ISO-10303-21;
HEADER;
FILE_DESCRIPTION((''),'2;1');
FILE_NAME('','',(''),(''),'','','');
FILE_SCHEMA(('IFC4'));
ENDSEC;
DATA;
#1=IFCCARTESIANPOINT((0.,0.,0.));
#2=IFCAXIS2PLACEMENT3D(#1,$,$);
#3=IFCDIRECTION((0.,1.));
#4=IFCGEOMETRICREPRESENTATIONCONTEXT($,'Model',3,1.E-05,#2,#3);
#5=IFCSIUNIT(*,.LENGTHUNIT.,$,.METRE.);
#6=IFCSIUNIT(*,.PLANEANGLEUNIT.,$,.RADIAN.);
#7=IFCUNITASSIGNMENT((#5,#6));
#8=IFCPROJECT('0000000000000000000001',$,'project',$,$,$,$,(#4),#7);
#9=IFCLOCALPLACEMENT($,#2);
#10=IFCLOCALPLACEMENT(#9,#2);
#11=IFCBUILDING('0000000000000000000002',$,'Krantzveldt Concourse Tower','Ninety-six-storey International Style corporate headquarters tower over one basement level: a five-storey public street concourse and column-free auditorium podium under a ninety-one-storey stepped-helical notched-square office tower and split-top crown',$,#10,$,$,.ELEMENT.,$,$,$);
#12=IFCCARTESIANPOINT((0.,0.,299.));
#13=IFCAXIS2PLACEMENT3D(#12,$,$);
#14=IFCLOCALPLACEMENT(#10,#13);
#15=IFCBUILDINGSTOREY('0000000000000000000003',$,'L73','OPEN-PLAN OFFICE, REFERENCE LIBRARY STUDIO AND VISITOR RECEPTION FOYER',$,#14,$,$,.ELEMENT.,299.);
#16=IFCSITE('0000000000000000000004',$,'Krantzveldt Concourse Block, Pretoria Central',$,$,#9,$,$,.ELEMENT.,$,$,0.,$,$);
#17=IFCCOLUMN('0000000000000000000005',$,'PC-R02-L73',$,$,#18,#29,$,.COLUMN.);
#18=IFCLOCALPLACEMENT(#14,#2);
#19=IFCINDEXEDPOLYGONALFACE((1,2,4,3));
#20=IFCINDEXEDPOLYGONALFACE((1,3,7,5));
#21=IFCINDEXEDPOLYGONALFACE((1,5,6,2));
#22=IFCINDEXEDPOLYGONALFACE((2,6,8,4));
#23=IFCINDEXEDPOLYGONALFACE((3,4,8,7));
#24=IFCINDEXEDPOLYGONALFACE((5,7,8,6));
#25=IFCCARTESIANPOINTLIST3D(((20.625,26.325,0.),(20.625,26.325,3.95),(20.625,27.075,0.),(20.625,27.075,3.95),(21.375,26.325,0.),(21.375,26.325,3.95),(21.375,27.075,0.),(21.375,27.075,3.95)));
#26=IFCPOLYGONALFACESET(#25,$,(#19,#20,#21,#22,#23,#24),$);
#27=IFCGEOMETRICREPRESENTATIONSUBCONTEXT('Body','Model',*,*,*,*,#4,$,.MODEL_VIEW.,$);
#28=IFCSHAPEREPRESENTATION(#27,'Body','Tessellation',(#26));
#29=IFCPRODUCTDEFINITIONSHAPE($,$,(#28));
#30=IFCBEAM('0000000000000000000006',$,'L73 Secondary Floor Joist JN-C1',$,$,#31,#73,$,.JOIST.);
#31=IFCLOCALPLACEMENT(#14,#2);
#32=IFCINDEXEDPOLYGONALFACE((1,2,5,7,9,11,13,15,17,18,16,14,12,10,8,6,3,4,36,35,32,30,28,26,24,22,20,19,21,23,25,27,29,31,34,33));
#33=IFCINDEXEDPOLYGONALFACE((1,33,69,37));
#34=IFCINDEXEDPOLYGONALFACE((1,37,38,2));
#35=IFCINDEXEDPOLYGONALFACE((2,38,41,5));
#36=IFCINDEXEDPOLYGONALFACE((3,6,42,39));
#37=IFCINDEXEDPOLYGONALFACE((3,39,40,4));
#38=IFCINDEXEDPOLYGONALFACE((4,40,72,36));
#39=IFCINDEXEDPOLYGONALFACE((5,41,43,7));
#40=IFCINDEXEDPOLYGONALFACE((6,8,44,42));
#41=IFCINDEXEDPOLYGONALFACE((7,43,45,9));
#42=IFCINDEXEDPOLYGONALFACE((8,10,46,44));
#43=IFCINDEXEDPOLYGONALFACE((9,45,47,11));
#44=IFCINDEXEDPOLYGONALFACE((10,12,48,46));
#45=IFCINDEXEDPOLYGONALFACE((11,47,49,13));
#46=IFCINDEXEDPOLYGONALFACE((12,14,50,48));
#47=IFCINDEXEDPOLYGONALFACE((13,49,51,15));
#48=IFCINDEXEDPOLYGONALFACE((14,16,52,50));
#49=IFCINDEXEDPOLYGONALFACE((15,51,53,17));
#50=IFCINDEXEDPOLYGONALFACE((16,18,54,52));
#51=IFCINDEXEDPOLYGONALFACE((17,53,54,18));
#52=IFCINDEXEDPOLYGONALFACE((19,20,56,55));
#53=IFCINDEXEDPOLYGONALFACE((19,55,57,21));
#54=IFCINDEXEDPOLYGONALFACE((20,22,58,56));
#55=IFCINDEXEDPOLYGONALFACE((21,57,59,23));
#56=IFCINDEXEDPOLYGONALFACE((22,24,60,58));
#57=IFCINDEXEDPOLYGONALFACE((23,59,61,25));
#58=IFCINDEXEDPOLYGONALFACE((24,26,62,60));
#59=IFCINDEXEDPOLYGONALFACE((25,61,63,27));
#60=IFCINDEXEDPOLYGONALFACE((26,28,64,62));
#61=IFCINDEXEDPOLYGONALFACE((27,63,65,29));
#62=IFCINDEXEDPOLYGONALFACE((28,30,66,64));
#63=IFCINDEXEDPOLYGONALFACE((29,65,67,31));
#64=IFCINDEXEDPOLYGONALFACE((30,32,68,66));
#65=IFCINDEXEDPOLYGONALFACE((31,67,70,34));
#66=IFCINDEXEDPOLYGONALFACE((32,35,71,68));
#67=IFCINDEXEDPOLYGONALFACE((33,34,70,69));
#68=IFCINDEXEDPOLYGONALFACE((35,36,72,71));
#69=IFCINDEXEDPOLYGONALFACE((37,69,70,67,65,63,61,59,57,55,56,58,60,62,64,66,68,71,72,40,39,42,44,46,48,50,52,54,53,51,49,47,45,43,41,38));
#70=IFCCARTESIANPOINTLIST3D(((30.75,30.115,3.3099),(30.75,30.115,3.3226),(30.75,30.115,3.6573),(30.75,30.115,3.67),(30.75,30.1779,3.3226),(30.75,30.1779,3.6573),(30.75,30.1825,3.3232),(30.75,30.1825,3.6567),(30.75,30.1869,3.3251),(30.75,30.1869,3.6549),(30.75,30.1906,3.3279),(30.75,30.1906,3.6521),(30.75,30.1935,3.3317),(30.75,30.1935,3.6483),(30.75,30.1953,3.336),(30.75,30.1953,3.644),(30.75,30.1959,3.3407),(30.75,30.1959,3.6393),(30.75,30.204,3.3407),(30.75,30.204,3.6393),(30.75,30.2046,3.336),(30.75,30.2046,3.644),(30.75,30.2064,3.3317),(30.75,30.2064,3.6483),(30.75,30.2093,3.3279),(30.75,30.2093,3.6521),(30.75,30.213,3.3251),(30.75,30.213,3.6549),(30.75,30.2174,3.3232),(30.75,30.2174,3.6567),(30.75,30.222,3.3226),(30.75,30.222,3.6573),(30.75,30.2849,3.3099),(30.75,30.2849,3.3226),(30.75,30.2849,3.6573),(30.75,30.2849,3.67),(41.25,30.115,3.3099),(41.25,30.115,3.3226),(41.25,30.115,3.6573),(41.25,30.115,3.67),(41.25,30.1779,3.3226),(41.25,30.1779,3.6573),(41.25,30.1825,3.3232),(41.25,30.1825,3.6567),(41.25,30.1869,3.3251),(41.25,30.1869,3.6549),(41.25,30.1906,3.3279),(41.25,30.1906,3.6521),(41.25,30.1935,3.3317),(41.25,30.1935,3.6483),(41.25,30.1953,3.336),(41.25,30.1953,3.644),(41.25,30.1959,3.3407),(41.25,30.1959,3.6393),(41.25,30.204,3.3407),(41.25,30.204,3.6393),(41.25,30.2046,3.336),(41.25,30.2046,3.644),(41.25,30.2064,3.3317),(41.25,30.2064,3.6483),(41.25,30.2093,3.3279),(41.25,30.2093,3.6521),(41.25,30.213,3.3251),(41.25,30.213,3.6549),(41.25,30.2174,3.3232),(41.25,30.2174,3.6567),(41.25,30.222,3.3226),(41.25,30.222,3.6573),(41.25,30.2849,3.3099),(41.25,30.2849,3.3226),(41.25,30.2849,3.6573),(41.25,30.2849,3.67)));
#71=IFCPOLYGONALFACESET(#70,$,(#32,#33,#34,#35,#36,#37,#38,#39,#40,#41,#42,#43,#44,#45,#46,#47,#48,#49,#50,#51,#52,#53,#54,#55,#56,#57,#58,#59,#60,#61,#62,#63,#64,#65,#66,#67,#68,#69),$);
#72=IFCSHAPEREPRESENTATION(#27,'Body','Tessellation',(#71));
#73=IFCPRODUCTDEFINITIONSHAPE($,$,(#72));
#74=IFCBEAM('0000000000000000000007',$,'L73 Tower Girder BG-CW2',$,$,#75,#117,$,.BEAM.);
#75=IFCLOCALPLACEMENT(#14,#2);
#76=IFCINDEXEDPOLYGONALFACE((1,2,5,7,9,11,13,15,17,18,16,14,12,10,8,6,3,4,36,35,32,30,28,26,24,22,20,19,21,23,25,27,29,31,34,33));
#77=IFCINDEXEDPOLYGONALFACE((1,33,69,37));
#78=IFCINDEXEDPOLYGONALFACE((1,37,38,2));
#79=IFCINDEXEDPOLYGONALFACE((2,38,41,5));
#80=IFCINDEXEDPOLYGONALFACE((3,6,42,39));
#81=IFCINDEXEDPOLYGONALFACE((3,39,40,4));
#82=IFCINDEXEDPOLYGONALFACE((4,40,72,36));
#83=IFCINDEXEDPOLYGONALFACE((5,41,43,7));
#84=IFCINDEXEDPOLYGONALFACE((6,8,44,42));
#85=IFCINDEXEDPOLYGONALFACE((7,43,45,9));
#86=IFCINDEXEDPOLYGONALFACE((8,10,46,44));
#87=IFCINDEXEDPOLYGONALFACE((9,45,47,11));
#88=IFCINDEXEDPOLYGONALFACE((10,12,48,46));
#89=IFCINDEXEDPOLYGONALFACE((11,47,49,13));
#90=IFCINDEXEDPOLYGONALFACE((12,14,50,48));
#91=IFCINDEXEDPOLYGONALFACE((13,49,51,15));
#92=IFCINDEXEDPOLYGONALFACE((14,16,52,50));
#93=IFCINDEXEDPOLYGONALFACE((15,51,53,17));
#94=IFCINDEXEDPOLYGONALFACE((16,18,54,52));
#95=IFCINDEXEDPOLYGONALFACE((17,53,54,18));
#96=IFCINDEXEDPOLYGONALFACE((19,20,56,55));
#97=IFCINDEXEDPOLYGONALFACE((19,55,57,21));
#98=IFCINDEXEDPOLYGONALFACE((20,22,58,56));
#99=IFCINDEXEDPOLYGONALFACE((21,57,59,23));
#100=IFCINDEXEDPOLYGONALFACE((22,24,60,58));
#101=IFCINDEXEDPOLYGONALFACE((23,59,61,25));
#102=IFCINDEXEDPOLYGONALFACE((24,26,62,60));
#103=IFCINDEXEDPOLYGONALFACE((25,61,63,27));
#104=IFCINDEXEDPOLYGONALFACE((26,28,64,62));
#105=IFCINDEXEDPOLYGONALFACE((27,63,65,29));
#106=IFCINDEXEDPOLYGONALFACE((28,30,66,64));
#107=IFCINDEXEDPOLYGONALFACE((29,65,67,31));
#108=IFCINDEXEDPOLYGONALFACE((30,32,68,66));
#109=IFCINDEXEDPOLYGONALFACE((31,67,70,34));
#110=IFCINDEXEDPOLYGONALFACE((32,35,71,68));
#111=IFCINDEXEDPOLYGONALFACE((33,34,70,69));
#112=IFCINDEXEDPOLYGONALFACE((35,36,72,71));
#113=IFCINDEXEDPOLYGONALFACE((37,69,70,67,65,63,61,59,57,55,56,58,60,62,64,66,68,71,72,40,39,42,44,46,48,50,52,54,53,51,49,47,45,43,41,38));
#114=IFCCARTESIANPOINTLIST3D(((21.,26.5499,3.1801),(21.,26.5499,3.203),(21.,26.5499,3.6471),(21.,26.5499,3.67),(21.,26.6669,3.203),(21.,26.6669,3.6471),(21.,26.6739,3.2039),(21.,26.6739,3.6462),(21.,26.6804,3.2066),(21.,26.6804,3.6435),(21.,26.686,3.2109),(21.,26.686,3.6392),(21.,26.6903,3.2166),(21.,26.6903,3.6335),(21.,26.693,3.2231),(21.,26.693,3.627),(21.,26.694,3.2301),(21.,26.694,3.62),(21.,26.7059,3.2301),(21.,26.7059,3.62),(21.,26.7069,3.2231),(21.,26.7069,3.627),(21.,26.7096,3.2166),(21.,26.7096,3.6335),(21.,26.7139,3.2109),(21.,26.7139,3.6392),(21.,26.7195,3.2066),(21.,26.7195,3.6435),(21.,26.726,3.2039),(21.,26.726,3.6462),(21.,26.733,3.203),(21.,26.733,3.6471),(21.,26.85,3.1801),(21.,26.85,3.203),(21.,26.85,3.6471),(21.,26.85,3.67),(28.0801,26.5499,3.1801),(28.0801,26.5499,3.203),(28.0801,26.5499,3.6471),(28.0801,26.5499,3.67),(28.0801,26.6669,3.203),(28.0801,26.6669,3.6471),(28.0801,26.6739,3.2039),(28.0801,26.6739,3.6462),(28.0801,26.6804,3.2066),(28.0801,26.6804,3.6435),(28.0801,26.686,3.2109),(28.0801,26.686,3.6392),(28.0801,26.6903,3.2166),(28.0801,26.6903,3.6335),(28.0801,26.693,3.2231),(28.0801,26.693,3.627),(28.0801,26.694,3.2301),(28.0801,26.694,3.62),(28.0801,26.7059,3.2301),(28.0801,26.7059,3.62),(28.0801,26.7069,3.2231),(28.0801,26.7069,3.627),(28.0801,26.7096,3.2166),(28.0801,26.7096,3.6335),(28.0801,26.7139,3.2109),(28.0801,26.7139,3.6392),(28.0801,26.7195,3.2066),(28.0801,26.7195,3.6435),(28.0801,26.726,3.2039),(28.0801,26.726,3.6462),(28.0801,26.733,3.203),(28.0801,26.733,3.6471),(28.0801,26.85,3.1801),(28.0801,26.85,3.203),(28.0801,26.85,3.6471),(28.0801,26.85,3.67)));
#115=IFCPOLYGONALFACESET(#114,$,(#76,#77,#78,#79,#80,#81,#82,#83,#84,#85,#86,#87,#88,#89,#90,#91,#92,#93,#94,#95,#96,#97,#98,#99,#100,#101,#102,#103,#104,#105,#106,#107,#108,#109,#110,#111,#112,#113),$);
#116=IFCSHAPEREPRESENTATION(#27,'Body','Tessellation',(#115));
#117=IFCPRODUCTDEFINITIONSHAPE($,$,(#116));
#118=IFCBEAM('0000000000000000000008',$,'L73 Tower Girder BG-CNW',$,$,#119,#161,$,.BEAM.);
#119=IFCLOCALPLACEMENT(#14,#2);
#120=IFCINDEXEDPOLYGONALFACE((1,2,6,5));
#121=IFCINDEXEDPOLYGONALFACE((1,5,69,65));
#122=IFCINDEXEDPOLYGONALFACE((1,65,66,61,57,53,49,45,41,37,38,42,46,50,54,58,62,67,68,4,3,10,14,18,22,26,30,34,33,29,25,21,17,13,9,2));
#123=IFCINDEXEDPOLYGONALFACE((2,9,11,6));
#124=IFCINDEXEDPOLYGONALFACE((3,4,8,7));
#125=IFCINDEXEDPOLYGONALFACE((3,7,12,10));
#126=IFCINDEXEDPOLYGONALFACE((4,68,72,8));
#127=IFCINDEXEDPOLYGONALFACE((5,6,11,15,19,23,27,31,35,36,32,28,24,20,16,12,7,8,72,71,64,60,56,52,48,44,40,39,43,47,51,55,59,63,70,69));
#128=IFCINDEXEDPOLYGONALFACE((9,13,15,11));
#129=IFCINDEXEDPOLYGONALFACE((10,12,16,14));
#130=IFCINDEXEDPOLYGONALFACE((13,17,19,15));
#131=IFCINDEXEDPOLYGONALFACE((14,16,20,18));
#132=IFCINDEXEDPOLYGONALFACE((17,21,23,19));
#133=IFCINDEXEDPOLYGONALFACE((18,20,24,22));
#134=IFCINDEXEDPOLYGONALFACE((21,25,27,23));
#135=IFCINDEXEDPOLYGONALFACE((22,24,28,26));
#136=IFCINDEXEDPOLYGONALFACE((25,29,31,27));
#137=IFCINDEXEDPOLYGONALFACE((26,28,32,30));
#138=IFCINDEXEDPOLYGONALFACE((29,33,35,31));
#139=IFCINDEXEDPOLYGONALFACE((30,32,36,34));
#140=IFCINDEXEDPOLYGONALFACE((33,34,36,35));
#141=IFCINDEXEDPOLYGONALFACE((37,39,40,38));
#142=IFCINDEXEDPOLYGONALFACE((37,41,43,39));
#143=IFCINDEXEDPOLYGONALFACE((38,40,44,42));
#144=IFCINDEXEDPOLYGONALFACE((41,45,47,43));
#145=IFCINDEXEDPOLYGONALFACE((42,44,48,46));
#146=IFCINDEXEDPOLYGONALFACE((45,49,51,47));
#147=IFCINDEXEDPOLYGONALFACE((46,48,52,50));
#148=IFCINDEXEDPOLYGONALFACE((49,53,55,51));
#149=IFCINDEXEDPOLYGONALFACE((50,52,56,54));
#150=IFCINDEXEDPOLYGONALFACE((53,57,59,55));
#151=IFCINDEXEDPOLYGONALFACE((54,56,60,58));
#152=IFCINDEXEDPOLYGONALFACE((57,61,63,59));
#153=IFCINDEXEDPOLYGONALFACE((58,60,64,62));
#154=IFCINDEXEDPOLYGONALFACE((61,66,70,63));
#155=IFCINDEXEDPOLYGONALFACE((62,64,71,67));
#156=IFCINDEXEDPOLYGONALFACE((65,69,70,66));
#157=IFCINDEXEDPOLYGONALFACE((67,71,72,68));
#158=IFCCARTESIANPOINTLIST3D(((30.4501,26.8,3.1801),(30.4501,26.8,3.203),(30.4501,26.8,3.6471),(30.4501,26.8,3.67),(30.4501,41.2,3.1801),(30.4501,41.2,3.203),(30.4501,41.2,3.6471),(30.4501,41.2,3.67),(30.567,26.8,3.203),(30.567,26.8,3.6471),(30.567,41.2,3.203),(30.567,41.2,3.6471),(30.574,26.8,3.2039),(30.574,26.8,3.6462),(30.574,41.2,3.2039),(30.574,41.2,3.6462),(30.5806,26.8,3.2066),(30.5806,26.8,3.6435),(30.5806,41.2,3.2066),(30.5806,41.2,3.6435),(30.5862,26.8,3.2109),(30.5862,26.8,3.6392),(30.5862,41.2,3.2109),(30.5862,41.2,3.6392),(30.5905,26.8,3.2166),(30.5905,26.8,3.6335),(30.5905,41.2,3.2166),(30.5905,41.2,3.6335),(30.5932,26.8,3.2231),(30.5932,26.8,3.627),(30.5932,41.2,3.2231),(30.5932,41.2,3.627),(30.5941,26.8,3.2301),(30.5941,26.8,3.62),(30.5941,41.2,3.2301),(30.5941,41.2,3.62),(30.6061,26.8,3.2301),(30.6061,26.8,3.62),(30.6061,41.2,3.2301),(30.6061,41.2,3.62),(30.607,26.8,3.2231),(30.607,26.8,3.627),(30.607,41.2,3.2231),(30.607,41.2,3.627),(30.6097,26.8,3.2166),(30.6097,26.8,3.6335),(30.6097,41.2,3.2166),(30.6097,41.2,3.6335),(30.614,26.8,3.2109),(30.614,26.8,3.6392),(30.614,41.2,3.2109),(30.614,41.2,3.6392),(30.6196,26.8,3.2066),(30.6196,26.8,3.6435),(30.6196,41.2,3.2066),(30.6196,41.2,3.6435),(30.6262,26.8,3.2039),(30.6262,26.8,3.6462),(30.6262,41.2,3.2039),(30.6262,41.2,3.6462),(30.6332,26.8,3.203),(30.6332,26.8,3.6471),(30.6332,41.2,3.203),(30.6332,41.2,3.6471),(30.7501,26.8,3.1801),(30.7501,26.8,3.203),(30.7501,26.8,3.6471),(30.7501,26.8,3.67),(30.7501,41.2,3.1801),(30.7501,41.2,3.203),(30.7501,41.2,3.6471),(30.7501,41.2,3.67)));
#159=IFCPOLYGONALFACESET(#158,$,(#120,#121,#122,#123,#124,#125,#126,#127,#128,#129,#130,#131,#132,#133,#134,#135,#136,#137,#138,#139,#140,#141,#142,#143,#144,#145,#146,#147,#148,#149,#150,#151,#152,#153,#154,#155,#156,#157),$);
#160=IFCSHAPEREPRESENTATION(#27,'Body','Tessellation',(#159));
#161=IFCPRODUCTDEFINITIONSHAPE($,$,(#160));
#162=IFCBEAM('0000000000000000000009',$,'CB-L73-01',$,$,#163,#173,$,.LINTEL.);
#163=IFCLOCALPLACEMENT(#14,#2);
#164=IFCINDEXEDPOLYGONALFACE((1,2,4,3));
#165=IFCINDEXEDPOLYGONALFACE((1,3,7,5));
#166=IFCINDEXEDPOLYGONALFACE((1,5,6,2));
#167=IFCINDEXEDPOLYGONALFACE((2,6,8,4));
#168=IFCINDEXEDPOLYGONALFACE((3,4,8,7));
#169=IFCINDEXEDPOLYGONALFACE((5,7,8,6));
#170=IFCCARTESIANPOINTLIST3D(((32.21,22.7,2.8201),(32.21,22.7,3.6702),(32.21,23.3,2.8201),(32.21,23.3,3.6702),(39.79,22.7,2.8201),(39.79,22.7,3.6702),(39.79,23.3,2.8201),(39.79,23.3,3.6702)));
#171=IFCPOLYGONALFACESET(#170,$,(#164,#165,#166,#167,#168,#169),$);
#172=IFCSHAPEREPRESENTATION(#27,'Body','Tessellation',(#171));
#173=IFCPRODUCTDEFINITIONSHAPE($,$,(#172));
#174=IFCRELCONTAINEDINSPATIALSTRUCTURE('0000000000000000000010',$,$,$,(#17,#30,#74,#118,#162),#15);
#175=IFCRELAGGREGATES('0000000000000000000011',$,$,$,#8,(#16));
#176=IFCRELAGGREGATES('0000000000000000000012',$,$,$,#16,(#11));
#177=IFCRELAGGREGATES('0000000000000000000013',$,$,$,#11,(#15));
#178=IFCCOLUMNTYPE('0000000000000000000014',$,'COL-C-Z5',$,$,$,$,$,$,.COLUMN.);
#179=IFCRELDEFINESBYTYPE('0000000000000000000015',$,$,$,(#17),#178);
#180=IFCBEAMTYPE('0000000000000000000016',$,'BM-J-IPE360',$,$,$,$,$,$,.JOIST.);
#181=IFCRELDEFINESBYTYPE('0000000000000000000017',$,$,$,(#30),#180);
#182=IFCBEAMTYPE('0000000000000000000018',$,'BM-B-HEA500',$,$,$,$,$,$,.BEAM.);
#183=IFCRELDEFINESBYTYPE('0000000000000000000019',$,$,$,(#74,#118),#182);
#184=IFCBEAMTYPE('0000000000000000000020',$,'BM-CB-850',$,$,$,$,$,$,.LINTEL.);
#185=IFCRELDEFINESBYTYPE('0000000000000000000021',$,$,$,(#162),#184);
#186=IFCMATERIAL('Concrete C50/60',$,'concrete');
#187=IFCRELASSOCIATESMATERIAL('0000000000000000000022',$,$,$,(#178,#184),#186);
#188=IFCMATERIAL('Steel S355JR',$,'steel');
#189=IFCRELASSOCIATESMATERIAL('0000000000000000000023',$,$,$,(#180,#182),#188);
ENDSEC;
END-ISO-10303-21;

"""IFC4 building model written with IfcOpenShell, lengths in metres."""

from ifc_helpers import new_model, si_unit, direction, frame, origin, origin_2d, place, context, subcontext, project, spatial, rectangle, i_section, extrude, source, transform, mapped, material, material_profile, profile_set, type_object, type_shapes, element, save


model = new_model("IFC4")

# Units and contexts
model_context = context("Model", 3, precision=1e-05, world=origin(), true_north=direction((0.0, 1.0)))
body_context = subcontext(model_context, "Body", "Model", "MODEL_VIEW")
ifc_project = project(units=[si_unit("LENGTHUNIT", "METRE"), si_unit("PLANEANGLEUNIT", "RADIAN")], contexts=[model_context])

# Site, building, storey
site_placement = place(None, origin())
site = spatial("IfcSite", under=ifc_project, at=site_placement, Name="Krantzveldt Concourse Block, Pretoria Central", CompositionType="ELEMENT", RefElevation=0.0)
building_placement = place(site_placement, origin())
building = spatial("IfcBuilding", under=site, at=building_placement, Name="Krantzveldt Concourse Tower", Description="Ninety-six-storey International Style corporate headquarters tower over one basement level: a five-storey public street concourse and column-free auditorium podium under a ninety-one-storey stepped-helical notched-square office tower and split-top crown", CompositionType="ELEMENT")
storey_placement = place(building_placement, frame((0.0, 0.0, 299.0)))
storey = spatial("IfcBuildingStorey", under=building, at=storey_placement, Name="L73", Description="OPEN-PLAN OFFICE, REFERENCE LIBRARY STUDIO AND VISITOR RECEPTION FOYER", CompositionType="ELEMENT", Elevation=299.0)

# Column
ifc_material_1 = material(Name="Concrete C50/60", Category="concrete")
ifc_material_profile_1 = material_profile(ifc_material_1, rectangle(XDim=0.75, YDim=0.75, at=origin_2d()), Name="Concrete C50/60", Category="concrete")
ifc_profile_set_1 = profile_set([ifc_material_profile_1], Name="Concrete C50/60 - RC 750x750")
column_type = type_object("IfcColumnType", Name="COL-C-Z5", PredefinedType="COLUMN", material=ifc_profile_set_1)
shared_shape_1 = source(origin(), body_context, "Body", "SweptSolid", [
    extrude(rectangle(XDim=0.75, YDim=0.75, at=origin_2d()), origin(), (0.0, 0.0, 1.0), 3.95),
])
type_shapes(column_type, [shared_shape_1])
column_placement = place(storey_placement, frame((21.0, 26.7, 0.0), z_axis=(0.0, 0.0, 1.0), x_axis=(1.0, 0.0, 0.0)))
element("IfcColumn", 1, at=column_placement, inside=storey, type_object=column_type, Name="PC-R02-L73", PredefinedType="COLUMN", context=body_context, shape_type="MappedRepresentation", body=[
    mapped(shared_shape_1, transform((0.0, 0.0, 0.0), x_axis=(1.0, 0.0, 0.0), y_axis=(0.0, 1.0, 0.0), z_axis=(0.0, 0.0, 1.0), scale=1.0)),
])

# Beams
ifc_material_2 = material(Name="Steel S355JR", Category="steel")
ifc_material_profile_2 = material_profile(ifc_material_2, i_section(OverallWidth=0.1699, OverallDepth=0.3601, WebThickness=0.0081, FlangeThickness=0.0127, FilletRadius=0.0181, at=origin_2d()), Name="Steel S355JR", Category="steel")
ifc_profile_set_2 = profile_set([ifc_material_profile_2], Name="Steel S355JR - IPE 360")
beam_type_1 = type_object("IfcBeamType", Name="BM-J-IPE360", PredefinedType="JOIST", material=ifc_profile_set_2)
shared_shape_2 = source(origin(), body_context, "Body", "SweptSolid", [
    extrude(i_section(OverallWidth=0.1699, OverallDepth=0.3601, WebThickness=0.0081, FlangeThickness=0.0127, FilletRadius=0.0181, at=origin_2d()), origin(), (0.0, 0.0, 1.0), 10.5),
])
beam_1_placement = place(storey_placement, frame((30.75, 30.2, 3.49), z_axis=(1.0, 0.0, 0.0), x_axis=(0.0, 1.0, 0.0)))
element("IfcBeam", 2, at=beam_1_placement, inside=storey, type_object=beam_type_1, Name="L73 Secondary Floor Joist JN-C1", PredefinedType="JOIST", context=body_context, shape_type="MappedRepresentation", body=[
    mapped(shared_shape_2, transform((0.0, 0.0, 0.0), x_axis=(1.0, 0.0, 0.0), y_axis=(0.0, 1.0, 0.0), z_axis=(0.0, 0.0, 1.0), scale=1.0)),
])
ifc_material_profile_3 = material_profile(ifc_material_2, i_section(OverallWidth=0.3, OverallDepth=0.49, WebThickness=0.012, FlangeThickness=0.0229, FilletRadius=0.0271, at=origin_2d()), Name="Steel S355JR", Category="steel")
ifc_profile_set_3 = profile_set([ifc_material_profile_3], Name="Steel S355JR - HEA 500")
beam_type_2 = type_object("IfcBeamType", Name="BM-B-HEA500", PredefinedType="BEAM", material=ifc_profile_set_3)
shared_shape_3 = source(origin(), body_context, "Body", "SweptSolid", [
    extrude(i_section(OverallWidth=0.3, OverallDepth=0.49, WebThickness=0.012, FlangeThickness=0.0229, FilletRadius=0.0271, at=origin_2d()), origin(), (0.0, 0.0, 1.0), 7.0801),
])
beam_2_placement = place(storey_placement, frame((21.0, 26.7, 3.425), z_axis=(1.0, 0.0, 0.0), x_axis=(0.0, 1.0, 0.0)))
element("IfcBeam", 3, at=beam_2_placement, inside=storey, type_object=beam_type_2, Name="L73 Tower Girder BG-CW2", PredefinedType="BEAM", context=body_context, shape_type="MappedRepresentation", body=[
    mapped(shared_shape_3, transform((0.0, 0.0, 0.0), x_axis=(1.0, 0.0, 0.0), y_axis=(0.0, 1.0, 0.0), z_axis=(0.0, 0.0, 1.0), scale=1.0)),
])
shared_shape_4 = source(origin(), body_context, "Body", "SweptSolid", [
    extrude(i_section(OverallWidth=0.3, OverallDepth=0.49, WebThickness=0.012, FlangeThickness=0.0229, FilletRadius=0.0271, at=origin_2d()), origin(), (0.0, 0.0, 1.0), 14.3999),
])
type_shapes(beam_type_2, [shared_shape_3, shared_shape_4])
beam_3_placement = place(storey_placement, frame((30.6001, 26.8, 3.425), z_axis=(0.0, 1.0, 0.0), x_axis=(-1.0, 0.0, 0.0)))
element("IfcBeam", 4, at=beam_3_placement, inside=storey, type_object=beam_type_2, Name="L73 Tower Girder BG-CNW", PredefinedType="BEAM", context=body_context, shape_type="MappedRepresentation", body=[
    mapped(shared_shape_4, transform((0.0, 0.0, 0.0), x_axis=(1.0, 0.0, 0.0), y_axis=(0.0, 1.0, 0.0), z_axis=(0.0, 0.0, 1.0), scale=1.0)),
])
ifc_material_profile_4 = material_profile(ifc_material_1, rectangle(XDim=0.6001, YDim=0.8501, at=origin_2d()), Name="Concrete C50/60", Category="concrete")
ifc_profile_set_4 = profile_set([ifc_material_profile_4], Name="Concrete C50/60 - RC-CB 600x850")
beam_type_3 = type_object("IfcBeamType", Name="BM-CB-850", PredefinedType="LINTEL", material=ifc_profile_set_4)
shared_shape_5 = source(origin(), body_context, "Body", "SweptSolid", [
    extrude(rectangle(XDim=0.6001, YDim=0.8501, at=origin_2d()), origin(), (0.0, 0.0, 1.0), 7.5801),
])
type_shapes(beam_type_3, [shared_shape_5])
beam_4_placement = place(storey_placement, frame((32.21, 23.0, 3.2451), z_axis=(1.0, 0.0, 0.0), x_axis=(0.0, 1.0, 0.0)))
element("IfcBeam", 5, at=beam_4_placement, inside=storey, type_object=beam_type_3, Name="CB-L73-01", PredefinedType="LINTEL", context=body_context, shape_type="MappedRepresentation", body=[
    mapped(shared_shape_5, transform((0.0, 0.0, 0.0), x_axis=(1.0, 0.0, 0.0), y_axis=(0.0, 1.0, 0.0), z_axis=(0.0, 0.0, 1.0), scale=1.0)),
])

save(model, "model.ifc")
